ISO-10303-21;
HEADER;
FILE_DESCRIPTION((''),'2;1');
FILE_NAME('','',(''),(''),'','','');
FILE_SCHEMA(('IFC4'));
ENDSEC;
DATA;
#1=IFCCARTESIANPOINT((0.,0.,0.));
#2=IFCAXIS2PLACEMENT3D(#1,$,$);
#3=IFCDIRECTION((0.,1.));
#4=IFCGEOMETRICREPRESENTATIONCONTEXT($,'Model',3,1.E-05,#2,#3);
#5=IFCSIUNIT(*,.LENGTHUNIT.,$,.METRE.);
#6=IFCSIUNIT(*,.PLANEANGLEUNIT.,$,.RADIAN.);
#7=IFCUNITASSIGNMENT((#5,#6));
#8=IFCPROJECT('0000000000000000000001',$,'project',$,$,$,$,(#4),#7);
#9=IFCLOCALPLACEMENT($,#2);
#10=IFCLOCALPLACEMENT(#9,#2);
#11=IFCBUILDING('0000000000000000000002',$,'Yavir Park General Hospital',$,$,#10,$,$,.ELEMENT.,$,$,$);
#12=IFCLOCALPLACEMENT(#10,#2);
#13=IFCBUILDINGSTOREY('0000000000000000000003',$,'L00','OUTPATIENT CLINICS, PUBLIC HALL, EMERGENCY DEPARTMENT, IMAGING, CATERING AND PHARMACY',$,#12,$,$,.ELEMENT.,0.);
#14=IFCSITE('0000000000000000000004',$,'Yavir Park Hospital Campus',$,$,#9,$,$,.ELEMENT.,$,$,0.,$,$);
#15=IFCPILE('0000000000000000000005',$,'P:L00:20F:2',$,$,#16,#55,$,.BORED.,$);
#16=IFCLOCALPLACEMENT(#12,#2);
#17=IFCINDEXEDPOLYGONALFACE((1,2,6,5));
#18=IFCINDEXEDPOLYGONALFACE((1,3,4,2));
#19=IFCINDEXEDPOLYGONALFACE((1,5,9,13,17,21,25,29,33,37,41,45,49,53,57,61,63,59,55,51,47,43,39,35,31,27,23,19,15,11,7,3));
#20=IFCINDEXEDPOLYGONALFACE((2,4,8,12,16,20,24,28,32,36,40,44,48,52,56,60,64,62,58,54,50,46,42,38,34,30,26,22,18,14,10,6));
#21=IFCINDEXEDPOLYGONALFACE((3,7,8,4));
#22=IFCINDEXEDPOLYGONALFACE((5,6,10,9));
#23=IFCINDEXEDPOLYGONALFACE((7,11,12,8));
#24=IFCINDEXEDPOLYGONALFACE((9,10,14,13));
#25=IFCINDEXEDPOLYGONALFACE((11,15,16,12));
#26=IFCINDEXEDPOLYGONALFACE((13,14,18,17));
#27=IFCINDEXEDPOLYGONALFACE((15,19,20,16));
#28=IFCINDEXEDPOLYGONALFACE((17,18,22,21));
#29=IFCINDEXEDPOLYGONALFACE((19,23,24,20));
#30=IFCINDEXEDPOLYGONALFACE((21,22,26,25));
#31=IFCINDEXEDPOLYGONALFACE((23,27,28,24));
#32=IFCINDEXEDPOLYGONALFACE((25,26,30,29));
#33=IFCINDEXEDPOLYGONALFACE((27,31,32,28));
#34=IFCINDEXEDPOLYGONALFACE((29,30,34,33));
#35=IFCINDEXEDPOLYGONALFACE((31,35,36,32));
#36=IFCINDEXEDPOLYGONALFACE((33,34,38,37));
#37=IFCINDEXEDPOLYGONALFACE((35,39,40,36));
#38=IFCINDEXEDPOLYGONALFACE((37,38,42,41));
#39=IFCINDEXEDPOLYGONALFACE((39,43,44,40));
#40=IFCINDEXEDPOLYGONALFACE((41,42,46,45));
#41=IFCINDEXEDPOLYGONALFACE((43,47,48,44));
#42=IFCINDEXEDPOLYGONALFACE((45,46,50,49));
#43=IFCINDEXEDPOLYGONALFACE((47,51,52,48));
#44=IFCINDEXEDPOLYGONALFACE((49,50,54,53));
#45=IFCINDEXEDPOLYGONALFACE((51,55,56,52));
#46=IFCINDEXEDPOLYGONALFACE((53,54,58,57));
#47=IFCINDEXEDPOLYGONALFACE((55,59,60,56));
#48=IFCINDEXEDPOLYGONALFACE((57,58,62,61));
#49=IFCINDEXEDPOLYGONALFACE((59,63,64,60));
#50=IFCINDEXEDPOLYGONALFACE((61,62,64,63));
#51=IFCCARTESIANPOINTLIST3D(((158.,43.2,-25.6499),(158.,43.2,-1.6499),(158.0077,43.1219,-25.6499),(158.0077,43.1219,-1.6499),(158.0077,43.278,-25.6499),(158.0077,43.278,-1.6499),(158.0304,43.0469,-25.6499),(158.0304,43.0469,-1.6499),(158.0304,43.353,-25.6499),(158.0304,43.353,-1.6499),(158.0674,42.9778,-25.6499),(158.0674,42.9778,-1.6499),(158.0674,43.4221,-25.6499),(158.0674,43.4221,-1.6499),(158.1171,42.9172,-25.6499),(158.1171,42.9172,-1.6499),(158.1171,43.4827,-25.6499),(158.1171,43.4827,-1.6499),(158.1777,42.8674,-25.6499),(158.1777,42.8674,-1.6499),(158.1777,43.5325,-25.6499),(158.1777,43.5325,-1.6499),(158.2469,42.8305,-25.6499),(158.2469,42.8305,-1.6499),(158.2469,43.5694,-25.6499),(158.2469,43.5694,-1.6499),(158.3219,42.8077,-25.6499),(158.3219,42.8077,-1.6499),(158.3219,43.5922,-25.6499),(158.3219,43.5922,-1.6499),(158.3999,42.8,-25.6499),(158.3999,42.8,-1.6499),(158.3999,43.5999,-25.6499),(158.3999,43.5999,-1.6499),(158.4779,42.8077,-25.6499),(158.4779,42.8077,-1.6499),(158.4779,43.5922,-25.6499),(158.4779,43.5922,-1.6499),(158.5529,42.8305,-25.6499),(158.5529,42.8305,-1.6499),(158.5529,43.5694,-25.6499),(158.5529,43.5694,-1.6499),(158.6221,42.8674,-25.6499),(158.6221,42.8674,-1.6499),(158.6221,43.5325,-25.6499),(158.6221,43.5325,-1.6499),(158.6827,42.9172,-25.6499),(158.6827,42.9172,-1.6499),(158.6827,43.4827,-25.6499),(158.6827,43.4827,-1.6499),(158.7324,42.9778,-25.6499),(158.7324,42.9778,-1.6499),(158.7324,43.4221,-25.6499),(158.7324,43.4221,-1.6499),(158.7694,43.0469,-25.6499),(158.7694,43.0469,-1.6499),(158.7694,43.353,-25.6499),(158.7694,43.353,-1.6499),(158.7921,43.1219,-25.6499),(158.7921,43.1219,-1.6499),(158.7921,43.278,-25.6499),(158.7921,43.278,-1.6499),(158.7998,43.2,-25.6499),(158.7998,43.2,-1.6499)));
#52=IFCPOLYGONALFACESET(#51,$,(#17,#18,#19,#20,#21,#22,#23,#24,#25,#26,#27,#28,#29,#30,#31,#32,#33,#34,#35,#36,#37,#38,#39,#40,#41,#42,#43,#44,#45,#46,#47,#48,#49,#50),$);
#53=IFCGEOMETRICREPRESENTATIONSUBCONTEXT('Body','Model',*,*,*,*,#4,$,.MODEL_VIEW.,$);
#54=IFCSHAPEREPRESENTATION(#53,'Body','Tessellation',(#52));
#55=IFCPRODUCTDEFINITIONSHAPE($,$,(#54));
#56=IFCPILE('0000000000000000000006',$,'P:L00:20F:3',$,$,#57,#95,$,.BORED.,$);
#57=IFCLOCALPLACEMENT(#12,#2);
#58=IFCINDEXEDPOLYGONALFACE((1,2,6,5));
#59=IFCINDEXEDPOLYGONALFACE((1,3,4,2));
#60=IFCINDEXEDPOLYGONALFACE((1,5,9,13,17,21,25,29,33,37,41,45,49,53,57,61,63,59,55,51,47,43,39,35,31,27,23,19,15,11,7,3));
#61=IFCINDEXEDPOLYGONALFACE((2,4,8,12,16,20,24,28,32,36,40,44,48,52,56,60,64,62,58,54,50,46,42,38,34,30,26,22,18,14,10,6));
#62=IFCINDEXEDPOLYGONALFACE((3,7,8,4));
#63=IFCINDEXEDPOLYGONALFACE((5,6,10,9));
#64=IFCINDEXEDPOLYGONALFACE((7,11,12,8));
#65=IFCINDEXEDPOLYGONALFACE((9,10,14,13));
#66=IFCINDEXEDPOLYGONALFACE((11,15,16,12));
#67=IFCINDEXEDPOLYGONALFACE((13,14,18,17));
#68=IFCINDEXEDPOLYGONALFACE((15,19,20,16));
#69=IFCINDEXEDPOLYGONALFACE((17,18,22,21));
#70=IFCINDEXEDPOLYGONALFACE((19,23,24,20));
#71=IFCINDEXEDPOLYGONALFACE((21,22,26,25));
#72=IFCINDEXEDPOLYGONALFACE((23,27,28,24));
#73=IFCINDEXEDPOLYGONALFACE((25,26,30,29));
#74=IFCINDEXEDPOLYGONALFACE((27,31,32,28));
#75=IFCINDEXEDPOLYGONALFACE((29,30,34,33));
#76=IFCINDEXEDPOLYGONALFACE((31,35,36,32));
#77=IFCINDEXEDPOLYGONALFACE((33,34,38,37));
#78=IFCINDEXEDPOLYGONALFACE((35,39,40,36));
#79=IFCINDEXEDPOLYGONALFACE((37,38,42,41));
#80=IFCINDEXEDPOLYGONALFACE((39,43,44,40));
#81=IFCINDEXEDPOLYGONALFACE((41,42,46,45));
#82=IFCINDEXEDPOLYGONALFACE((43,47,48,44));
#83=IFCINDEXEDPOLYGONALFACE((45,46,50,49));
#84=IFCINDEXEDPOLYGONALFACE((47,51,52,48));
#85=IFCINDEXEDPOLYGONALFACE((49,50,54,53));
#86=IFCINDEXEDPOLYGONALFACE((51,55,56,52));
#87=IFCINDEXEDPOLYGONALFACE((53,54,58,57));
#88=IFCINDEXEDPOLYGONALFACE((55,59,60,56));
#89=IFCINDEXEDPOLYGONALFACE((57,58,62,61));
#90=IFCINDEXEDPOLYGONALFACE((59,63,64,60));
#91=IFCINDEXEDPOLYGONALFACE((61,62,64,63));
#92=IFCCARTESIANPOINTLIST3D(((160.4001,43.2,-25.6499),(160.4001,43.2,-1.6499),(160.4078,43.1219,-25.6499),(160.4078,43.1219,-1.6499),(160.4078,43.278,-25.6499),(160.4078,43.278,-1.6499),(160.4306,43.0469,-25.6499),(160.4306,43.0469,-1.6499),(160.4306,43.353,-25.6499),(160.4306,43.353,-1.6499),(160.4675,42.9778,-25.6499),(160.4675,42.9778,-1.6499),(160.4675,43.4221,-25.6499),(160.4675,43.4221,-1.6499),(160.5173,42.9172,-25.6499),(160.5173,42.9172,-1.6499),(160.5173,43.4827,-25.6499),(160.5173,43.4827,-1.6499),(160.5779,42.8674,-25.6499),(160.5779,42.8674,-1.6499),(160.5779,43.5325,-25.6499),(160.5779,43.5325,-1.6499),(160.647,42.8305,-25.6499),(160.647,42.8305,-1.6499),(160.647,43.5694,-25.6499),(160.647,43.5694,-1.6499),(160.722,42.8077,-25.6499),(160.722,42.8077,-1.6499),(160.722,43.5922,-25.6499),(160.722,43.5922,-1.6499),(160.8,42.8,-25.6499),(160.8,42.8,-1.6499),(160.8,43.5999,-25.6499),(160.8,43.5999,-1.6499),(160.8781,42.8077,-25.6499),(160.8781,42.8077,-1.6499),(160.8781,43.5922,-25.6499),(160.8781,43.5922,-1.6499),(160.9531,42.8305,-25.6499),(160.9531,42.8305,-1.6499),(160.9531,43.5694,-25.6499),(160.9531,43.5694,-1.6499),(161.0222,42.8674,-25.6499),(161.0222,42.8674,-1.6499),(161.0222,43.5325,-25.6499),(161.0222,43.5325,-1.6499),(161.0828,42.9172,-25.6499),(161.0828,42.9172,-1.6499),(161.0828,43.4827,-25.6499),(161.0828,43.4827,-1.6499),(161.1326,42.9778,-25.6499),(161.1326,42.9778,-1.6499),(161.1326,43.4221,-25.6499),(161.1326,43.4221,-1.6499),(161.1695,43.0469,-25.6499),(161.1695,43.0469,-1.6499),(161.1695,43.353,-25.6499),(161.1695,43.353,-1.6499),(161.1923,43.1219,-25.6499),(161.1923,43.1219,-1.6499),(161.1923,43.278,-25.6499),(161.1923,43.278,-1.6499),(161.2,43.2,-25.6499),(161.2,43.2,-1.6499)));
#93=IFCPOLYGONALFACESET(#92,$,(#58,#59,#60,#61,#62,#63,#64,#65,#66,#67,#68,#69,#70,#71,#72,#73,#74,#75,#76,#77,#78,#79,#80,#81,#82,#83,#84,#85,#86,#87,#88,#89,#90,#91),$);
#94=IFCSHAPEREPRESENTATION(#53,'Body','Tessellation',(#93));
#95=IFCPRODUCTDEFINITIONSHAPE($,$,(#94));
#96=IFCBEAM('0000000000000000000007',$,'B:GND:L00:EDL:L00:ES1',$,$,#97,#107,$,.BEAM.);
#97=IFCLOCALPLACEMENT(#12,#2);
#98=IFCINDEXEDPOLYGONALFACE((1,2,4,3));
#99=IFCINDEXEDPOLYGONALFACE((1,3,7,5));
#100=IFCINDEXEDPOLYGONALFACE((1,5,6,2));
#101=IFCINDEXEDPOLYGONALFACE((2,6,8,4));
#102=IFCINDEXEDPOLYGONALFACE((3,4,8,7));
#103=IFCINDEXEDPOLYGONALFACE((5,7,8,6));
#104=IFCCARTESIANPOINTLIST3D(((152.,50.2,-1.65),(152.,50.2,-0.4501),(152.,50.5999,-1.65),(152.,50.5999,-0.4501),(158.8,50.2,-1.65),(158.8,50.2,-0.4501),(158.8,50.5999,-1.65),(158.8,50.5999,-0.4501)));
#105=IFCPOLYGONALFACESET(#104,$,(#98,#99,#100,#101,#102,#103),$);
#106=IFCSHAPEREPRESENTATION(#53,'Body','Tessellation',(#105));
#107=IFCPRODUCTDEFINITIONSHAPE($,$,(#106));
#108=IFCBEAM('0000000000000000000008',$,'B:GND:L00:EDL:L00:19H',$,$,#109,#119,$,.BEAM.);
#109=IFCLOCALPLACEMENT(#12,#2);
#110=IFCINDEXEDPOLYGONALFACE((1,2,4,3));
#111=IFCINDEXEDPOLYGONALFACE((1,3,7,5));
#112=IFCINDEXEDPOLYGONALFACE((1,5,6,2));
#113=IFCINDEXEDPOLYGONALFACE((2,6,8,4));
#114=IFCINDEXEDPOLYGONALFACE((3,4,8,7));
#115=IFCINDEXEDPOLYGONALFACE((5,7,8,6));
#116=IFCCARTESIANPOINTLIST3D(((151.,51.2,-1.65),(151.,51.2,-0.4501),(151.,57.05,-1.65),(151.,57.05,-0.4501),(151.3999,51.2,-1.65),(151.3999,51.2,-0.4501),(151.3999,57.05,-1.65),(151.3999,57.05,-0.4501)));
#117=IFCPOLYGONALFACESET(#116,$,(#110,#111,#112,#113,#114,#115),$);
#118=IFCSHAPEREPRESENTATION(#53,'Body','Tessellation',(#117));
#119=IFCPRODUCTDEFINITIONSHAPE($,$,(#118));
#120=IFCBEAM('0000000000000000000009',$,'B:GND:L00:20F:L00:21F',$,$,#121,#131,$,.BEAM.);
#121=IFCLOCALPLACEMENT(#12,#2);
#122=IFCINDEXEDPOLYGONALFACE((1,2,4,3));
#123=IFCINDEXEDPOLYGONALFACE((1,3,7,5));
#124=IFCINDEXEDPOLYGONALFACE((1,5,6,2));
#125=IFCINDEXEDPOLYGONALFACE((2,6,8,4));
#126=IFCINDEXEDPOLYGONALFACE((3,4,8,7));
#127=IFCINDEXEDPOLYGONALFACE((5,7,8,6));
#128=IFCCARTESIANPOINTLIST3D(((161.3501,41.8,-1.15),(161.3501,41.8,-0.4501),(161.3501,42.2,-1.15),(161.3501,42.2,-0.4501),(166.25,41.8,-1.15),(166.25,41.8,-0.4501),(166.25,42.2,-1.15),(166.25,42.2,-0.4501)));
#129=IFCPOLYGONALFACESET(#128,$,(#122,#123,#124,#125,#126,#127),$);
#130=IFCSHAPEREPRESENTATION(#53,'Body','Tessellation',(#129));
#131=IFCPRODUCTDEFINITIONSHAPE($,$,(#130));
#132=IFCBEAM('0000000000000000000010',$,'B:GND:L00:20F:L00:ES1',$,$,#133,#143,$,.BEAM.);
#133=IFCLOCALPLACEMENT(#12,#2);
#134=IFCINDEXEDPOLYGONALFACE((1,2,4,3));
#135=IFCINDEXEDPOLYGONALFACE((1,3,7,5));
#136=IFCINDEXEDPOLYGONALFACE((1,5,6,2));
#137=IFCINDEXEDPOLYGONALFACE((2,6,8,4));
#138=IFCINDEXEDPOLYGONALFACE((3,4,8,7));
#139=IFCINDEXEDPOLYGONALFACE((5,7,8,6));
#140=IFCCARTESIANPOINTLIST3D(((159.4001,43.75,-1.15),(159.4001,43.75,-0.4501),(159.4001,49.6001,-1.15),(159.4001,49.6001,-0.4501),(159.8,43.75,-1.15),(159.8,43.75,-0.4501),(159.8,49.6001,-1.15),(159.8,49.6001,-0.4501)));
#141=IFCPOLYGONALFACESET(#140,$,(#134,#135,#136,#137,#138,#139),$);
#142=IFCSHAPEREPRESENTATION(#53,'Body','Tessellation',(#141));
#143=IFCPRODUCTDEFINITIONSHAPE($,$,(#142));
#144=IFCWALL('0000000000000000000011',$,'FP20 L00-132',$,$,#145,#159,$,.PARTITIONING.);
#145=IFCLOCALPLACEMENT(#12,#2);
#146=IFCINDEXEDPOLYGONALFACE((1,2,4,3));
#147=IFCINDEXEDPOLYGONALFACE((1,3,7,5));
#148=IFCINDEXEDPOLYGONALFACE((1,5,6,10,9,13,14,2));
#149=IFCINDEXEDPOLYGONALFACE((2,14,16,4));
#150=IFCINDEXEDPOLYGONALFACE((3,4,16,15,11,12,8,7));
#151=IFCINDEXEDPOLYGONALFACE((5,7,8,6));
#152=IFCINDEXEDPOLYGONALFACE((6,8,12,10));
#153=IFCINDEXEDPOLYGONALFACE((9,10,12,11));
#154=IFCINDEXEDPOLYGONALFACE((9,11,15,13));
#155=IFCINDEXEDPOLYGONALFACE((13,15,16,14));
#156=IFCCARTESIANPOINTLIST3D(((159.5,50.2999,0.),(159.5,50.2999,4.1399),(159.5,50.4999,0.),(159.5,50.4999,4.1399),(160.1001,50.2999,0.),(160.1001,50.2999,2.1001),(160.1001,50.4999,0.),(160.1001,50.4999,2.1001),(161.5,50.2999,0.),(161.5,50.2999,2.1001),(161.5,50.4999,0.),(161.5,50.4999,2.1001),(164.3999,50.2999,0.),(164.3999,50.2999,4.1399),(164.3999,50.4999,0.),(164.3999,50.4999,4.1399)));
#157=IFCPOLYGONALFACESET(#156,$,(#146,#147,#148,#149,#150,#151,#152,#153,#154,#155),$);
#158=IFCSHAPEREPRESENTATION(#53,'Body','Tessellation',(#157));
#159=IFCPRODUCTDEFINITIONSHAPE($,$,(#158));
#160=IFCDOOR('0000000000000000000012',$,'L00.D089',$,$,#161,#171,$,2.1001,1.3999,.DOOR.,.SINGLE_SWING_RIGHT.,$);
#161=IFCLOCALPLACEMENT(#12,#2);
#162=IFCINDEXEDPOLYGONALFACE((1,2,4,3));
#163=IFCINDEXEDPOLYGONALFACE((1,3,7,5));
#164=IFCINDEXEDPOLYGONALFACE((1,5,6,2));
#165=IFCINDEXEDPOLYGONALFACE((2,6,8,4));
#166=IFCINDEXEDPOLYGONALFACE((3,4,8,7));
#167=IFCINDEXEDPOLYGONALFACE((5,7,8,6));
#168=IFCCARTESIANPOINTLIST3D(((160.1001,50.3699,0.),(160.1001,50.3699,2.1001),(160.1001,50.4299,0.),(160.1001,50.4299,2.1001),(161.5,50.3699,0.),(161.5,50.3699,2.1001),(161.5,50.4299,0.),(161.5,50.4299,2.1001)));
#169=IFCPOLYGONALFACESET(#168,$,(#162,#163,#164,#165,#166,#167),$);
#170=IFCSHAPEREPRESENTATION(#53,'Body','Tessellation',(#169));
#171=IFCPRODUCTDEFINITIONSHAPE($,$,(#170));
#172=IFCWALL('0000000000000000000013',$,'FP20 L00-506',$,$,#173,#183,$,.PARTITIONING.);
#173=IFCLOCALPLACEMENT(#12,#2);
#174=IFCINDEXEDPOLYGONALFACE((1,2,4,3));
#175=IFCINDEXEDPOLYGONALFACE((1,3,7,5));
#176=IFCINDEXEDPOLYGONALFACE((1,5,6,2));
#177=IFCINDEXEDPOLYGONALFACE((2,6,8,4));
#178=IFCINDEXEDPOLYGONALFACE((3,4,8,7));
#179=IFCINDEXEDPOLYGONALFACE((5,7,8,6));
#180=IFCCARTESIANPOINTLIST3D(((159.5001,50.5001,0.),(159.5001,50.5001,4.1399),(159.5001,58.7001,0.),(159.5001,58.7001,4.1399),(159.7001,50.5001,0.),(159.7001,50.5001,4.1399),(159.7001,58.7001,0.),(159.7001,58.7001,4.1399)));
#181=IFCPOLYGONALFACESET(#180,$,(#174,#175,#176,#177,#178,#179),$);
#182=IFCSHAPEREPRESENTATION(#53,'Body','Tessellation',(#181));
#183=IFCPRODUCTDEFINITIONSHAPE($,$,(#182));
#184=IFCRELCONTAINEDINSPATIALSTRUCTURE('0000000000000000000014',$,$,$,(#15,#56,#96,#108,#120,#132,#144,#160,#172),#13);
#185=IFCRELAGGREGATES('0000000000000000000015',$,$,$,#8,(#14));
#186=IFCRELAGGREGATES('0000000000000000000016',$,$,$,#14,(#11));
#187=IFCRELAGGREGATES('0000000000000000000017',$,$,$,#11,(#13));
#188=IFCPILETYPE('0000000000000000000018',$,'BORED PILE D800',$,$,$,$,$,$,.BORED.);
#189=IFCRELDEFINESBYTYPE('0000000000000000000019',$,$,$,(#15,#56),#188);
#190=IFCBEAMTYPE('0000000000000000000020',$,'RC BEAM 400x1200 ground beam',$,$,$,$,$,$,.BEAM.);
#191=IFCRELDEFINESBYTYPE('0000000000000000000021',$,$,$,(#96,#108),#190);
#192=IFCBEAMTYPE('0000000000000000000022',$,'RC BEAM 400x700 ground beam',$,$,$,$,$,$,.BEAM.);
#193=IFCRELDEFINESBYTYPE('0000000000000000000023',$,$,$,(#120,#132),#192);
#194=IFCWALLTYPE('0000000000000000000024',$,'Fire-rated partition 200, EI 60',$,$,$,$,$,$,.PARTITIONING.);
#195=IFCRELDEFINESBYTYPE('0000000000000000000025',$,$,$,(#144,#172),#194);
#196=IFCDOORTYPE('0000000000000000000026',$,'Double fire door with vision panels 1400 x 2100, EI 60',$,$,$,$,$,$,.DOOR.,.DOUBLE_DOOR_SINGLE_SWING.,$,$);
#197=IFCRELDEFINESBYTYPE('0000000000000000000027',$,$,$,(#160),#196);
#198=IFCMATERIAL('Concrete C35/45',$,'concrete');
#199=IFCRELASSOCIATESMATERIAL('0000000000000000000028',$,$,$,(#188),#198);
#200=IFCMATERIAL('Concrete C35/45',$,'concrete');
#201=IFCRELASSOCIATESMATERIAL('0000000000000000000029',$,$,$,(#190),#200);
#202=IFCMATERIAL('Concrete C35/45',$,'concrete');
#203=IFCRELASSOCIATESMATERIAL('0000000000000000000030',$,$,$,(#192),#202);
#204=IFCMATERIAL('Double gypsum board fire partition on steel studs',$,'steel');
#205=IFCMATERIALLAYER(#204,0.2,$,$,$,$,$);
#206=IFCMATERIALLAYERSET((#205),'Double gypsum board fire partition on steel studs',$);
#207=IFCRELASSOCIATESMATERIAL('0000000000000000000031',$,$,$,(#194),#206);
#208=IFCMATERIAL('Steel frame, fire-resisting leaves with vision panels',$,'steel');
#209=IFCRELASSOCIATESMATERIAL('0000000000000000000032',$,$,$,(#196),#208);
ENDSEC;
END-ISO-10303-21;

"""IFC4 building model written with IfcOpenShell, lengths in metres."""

from ifc_helpers import new_model, si_unit, direction, frame, frame_2d, origin, origin_2d, place, context, subcontext, project, spatial, rectangle, circle, extrude, material, layer, layer_set, material_profile, profile_set, type_object, element, fill, save


model = new_model("IFC4")

# Units and contexts
model_context = context("Model", 3, precision=1e-05, world=origin(), true_north=direction((0.0, 1.0)))
body_context = subcontext(model_context, "Body", "Model", "MODEL_VIEW")
ifc_project = project(units=[si_unit("LENGTHUNIT", "METRE"), si_unit("PLANEANGLEUNIT", "RADIAN")], contexts=[model_context])

# Site, building, storey
site_placement = place(None, origin())
site = spatial("IfcSite", under=ifc_project, at=site_placement, Name="Yavir Park Hospital Campus", CompositionType="ELEMENT", RefElevation=0.0)
building_placement = place(site_placement, origin())
building = spatial("IfcBuilding", under=site, at=building_placement, Name="Yavir Park General Hospital", CompositionType="ELEMENT")
storey_placement = place(building_placement, origin())
storey = spatial("IfcBuildingStorey", under=building, at=storey_placement, Name="L00", Description="OUTPATIENT CLINICS, PUBLIC HALL, EMERGENCY DEPARTMENT, IMAGING, CATERING AND PHARMACY", CompositionType="ELEMENT", Elevation=0.0)

# Piles
ifc_material_1 = material(Name="Concrete C35/45", Category="concrete")
ifc_material_profile_1 = material_profile(ifc_material_1, circle(Radius=0.3999, at=origin_2d()), Name="D800")
ifc_profile_set_1 = profile_set([ifc_material_profile_1], Name="Concrete C35/45")
pile_type_1 = type_object("IfcPileType", Name="BORED PILE D800", PredefinedType="BORED", material=ifc_profile_set_1)
for number, where, z_axis, x_axis, name in (
    (1, (158.3999, 43.2, -1.6499), (0.0, 0.0, -1.0), (1.0, 0.0, 0.0), "P:L00:20F:2"),
    (2, (160.8, 43.2, -1.6499), (0.0, 0.0, -1.0), (1.0, 0.0, 0.0), "P:L00:20F:3"),
):
    element("IfcPile", number, at=place(storey_placement, frame(where, z_axis=z_axis, x_axis=x_axis)), inside=storey, type_object=pile_type_1, Name=name, PredefinedType="BORED", context=body_context, shape_type="SweptSolid", body=[
        extrude(circle(Radius=0.3999, at=origin_2d()), origin(), (0.0, 0.0, 1.0), 24.0),
    ])

# Beams
ifc_material_2 = material(Name="Concrete C35/45", Category="concrete")
ifc_material_profile_2 = material_profile(ifc_material_2, rectangle(XDim=0.3999, YDim=1.2, at=origin_2d()), Name="RC400x1200")
ifc_profile_set_2 = profile_set([ifc_material_profile_2], Name="Concrete C35/45")
beam_type_1 = type_object("IfcBeamType", Name="RC BEAM 400x1200 ground beam", PredefinedType="BEAM", material=ifc_profile_set_2)
beam_1_placement = place(storey_placement, frame((152.0, 50.3999, -1.05), z_axis=(1.0, 0.0, 0.0), x_axis=(0.0, 1.0, 0.0)))
element("IfcBeam", 3, at=beam_1_placement, inside=storey, type_object=beam_type_1, Name="B:GND:L00:EDL:L00:ES1", PredefinedType="BEAM", context=body_context, shape_type="SweptSolid", body=[
    extrude(rectangle(XDim=0.3999, YDim=1.2, at=origin_2d()), origin(), (0.0, 0.0, 1.0), 6.8),
])
beam_2_placement = place(storey_placement, frame((151.2, 51.2, -1.05), z_axis=(0.0, 1.0, 0.0), x_axis=(-1.0, 0.0, 0.0)))
element("IfcBeam", 4, at=beam_2_placement, inside=storey, type_object=beam_type_1, Name="B:GND:L00:EDL:L00:19H", PredefinedType="BEAM", context=body_context, shape_type="SweptSolid", body=[
    extrude(rectangle(XDim=0.3999, YDim=1.2, at=origin_2d()), origin(), (0.0, 0.0, 1.0), 5.8501),
])
ifc_material_3 = material(Name="Concrete C35/45", Category="concrete")
ifc_material_profile_3 = material_profile(ifc_material_3, rectangle(XDim=0.3999, YDim=0.7, at=origin_2d()), Name="RC400x700")
ifc_profile_set_3 = profile_set([ifc_material_profile_3], Name="Concrete C35/45")
beam_type_2 = type_object("IfcBeamType", Name="RC BEAM 400x700 ground beam", PredefinedType="BEAM", material=ifc_profile_set_3)
beam_3_placement = place(storey_placement, frame((161.3501, 42.0, -0.8), z_axis=(1.0, 0.0, 0.0), x_axis=(0.0, 1.0, 0.0)))
element("IfcBeam", 5, at=beam_3_placement, inside=storey, type_object=beam_type_2, Name="B:GND:L00:20F:L00:21F", PredefinedType="BEAM", context=body_context, shape_type="SweptSolid", body=[
    extrude(rectangle(XDim=0.3999, YDim=0.7, at=origin_2d()), origin(), (0.0, 0.0, 1.0), 4.8999),
])
beam_4_placement = place(storey_placement, frame((159.6001, 43.75, -0.8), z_axis=(0.0, 1.0, 0.0), x_axis=(-1.0, 0.0, 0.0)))
element("IfcBeam", 6, at=beam_4_placement, inside=storey, type_object=beam_type_2, Name="B:GND:L00:20F:L00:ES1", PredefinedType="BEAM", context=body_context, shape_type="SweptSolid", body=[
    extrude(rectangle(XDim=0.3999, YDim=0.7, at=origin_2d()), origin(), (0.0, 0.0, 1.0), 5.8501),
])

# Wall, opening, door
ifc_material_4 = material(Name="Double gypsum board fire partition on steel studs", Category="steel")
ifc_layer_1 = layer(ifc_material_4, 0.2)
ifc_layer_set_1 = layer_set([ifc_layer_1], Name="Double gypsum board fire partition on steel studs")
wall_type_1 = type_object("IfcWallType", Name="Fire-rated partition 200, EI 60", PredefinedType="PARTITIONING", material=ifc_layer_set_1)
wall_1_placement = place(storey_placement, frame((159.5, 50.3999, 0.0), z_axis=(0.0, 0.0, 1.0), x_axis=(1.0, 0.0, 0.0)))
wall_1 = element("IfcWall", 7, at=wall_1_placement, inside=storey, type_object=wall_type_1, Name="FP20 L00-132", PredefinedType="PARTITIONING", context=body_context, shape_type="SweptSolid", body=[
    extrude(rectangle(XDim=4.8999, YDim=0.2, at=frame_2d((2.45, 0.0))), origin(), (0.0, 0.0, 1.0), 4.1399),
])
opening_1_placement = place(wall_1_placement, frame((0.6001, 0.0, 0.0)))
opening_1 = element("IfcOpeningElement", 8, at=opening_1_placement, cuts=wall_1, PredefinedType="OPENING", context=body_context, shape_type="SweptSolid", body=[
    extrude(rectangle(XDim=1.3999, YDim=2.1001, at=frame_2d((0.7, 1.05))), frame((0.0, 0.1099, 0.0), z_axis=(0.0, -1.0, 0.0), x_axis=(1.0, 0.0, 0.0)), (0.0, 0.0, 1.0), 0.22),
])
ifc_material_5 = material(Name="Steel frame, fire-resisting leaves with vision panels", Category="steel")
door_type_1 = type_object("IfcDoorType", Name="Double fire door with vision panels 1400 x 2100, EI 60", OperationType="DOUBLE_DOOR_SINGLE_SWING", PredefinedType="DOOR", material=ifc_material_5)
door_1_placement = place(opening_1_placement, origin())
door_1 = element("IfcDoor", 9, at=door_1_placement, inside=storey, type_object=door_type_1, Name="L00.D089", OperationType="SINGLE_SWING_RIGHT", OverallHeight=2.1001, OverallWidth=1.3999, PredefinedType="DOOR", context=body_context, shape_type="SweptSolid", body=[
    extrude(rectangle(XDim=1.3999, YDim=2.1001, at=frame_2d((0.7, 1.05))), frame((0.0, 0.03, 0.0), z_axis=(0.0, -1.0, 0.0), x_axis=(1.0, 0.0, 0.0)), (0.0, 0.0, 1.0), 0.0601),
])
fill(opening_1, door_1)

# Wall
wall_2_placement = place(storey_placement, frame((159.6001, 50.5, 0.0), z_axis=(0.0, 0.0, 1.0), x_axis=(0.0, 1.0, 0.0)))
element("IfcWall", 10, at=wall_2_placement, inside=storey, type_object=wall_type_1, Name="FP20 L00-506", PredefinedType="PARTITIONING", context=body_context, shape_type="SweptSolid", body=[
    extrude(rectangle(XDim=8.2, YDim=0.2, at=frame_2d((4.1001, 0.0))), origin(), (0.0, 0.0, 1.0), 4.1399),
])

save(model, "model.ifc")
